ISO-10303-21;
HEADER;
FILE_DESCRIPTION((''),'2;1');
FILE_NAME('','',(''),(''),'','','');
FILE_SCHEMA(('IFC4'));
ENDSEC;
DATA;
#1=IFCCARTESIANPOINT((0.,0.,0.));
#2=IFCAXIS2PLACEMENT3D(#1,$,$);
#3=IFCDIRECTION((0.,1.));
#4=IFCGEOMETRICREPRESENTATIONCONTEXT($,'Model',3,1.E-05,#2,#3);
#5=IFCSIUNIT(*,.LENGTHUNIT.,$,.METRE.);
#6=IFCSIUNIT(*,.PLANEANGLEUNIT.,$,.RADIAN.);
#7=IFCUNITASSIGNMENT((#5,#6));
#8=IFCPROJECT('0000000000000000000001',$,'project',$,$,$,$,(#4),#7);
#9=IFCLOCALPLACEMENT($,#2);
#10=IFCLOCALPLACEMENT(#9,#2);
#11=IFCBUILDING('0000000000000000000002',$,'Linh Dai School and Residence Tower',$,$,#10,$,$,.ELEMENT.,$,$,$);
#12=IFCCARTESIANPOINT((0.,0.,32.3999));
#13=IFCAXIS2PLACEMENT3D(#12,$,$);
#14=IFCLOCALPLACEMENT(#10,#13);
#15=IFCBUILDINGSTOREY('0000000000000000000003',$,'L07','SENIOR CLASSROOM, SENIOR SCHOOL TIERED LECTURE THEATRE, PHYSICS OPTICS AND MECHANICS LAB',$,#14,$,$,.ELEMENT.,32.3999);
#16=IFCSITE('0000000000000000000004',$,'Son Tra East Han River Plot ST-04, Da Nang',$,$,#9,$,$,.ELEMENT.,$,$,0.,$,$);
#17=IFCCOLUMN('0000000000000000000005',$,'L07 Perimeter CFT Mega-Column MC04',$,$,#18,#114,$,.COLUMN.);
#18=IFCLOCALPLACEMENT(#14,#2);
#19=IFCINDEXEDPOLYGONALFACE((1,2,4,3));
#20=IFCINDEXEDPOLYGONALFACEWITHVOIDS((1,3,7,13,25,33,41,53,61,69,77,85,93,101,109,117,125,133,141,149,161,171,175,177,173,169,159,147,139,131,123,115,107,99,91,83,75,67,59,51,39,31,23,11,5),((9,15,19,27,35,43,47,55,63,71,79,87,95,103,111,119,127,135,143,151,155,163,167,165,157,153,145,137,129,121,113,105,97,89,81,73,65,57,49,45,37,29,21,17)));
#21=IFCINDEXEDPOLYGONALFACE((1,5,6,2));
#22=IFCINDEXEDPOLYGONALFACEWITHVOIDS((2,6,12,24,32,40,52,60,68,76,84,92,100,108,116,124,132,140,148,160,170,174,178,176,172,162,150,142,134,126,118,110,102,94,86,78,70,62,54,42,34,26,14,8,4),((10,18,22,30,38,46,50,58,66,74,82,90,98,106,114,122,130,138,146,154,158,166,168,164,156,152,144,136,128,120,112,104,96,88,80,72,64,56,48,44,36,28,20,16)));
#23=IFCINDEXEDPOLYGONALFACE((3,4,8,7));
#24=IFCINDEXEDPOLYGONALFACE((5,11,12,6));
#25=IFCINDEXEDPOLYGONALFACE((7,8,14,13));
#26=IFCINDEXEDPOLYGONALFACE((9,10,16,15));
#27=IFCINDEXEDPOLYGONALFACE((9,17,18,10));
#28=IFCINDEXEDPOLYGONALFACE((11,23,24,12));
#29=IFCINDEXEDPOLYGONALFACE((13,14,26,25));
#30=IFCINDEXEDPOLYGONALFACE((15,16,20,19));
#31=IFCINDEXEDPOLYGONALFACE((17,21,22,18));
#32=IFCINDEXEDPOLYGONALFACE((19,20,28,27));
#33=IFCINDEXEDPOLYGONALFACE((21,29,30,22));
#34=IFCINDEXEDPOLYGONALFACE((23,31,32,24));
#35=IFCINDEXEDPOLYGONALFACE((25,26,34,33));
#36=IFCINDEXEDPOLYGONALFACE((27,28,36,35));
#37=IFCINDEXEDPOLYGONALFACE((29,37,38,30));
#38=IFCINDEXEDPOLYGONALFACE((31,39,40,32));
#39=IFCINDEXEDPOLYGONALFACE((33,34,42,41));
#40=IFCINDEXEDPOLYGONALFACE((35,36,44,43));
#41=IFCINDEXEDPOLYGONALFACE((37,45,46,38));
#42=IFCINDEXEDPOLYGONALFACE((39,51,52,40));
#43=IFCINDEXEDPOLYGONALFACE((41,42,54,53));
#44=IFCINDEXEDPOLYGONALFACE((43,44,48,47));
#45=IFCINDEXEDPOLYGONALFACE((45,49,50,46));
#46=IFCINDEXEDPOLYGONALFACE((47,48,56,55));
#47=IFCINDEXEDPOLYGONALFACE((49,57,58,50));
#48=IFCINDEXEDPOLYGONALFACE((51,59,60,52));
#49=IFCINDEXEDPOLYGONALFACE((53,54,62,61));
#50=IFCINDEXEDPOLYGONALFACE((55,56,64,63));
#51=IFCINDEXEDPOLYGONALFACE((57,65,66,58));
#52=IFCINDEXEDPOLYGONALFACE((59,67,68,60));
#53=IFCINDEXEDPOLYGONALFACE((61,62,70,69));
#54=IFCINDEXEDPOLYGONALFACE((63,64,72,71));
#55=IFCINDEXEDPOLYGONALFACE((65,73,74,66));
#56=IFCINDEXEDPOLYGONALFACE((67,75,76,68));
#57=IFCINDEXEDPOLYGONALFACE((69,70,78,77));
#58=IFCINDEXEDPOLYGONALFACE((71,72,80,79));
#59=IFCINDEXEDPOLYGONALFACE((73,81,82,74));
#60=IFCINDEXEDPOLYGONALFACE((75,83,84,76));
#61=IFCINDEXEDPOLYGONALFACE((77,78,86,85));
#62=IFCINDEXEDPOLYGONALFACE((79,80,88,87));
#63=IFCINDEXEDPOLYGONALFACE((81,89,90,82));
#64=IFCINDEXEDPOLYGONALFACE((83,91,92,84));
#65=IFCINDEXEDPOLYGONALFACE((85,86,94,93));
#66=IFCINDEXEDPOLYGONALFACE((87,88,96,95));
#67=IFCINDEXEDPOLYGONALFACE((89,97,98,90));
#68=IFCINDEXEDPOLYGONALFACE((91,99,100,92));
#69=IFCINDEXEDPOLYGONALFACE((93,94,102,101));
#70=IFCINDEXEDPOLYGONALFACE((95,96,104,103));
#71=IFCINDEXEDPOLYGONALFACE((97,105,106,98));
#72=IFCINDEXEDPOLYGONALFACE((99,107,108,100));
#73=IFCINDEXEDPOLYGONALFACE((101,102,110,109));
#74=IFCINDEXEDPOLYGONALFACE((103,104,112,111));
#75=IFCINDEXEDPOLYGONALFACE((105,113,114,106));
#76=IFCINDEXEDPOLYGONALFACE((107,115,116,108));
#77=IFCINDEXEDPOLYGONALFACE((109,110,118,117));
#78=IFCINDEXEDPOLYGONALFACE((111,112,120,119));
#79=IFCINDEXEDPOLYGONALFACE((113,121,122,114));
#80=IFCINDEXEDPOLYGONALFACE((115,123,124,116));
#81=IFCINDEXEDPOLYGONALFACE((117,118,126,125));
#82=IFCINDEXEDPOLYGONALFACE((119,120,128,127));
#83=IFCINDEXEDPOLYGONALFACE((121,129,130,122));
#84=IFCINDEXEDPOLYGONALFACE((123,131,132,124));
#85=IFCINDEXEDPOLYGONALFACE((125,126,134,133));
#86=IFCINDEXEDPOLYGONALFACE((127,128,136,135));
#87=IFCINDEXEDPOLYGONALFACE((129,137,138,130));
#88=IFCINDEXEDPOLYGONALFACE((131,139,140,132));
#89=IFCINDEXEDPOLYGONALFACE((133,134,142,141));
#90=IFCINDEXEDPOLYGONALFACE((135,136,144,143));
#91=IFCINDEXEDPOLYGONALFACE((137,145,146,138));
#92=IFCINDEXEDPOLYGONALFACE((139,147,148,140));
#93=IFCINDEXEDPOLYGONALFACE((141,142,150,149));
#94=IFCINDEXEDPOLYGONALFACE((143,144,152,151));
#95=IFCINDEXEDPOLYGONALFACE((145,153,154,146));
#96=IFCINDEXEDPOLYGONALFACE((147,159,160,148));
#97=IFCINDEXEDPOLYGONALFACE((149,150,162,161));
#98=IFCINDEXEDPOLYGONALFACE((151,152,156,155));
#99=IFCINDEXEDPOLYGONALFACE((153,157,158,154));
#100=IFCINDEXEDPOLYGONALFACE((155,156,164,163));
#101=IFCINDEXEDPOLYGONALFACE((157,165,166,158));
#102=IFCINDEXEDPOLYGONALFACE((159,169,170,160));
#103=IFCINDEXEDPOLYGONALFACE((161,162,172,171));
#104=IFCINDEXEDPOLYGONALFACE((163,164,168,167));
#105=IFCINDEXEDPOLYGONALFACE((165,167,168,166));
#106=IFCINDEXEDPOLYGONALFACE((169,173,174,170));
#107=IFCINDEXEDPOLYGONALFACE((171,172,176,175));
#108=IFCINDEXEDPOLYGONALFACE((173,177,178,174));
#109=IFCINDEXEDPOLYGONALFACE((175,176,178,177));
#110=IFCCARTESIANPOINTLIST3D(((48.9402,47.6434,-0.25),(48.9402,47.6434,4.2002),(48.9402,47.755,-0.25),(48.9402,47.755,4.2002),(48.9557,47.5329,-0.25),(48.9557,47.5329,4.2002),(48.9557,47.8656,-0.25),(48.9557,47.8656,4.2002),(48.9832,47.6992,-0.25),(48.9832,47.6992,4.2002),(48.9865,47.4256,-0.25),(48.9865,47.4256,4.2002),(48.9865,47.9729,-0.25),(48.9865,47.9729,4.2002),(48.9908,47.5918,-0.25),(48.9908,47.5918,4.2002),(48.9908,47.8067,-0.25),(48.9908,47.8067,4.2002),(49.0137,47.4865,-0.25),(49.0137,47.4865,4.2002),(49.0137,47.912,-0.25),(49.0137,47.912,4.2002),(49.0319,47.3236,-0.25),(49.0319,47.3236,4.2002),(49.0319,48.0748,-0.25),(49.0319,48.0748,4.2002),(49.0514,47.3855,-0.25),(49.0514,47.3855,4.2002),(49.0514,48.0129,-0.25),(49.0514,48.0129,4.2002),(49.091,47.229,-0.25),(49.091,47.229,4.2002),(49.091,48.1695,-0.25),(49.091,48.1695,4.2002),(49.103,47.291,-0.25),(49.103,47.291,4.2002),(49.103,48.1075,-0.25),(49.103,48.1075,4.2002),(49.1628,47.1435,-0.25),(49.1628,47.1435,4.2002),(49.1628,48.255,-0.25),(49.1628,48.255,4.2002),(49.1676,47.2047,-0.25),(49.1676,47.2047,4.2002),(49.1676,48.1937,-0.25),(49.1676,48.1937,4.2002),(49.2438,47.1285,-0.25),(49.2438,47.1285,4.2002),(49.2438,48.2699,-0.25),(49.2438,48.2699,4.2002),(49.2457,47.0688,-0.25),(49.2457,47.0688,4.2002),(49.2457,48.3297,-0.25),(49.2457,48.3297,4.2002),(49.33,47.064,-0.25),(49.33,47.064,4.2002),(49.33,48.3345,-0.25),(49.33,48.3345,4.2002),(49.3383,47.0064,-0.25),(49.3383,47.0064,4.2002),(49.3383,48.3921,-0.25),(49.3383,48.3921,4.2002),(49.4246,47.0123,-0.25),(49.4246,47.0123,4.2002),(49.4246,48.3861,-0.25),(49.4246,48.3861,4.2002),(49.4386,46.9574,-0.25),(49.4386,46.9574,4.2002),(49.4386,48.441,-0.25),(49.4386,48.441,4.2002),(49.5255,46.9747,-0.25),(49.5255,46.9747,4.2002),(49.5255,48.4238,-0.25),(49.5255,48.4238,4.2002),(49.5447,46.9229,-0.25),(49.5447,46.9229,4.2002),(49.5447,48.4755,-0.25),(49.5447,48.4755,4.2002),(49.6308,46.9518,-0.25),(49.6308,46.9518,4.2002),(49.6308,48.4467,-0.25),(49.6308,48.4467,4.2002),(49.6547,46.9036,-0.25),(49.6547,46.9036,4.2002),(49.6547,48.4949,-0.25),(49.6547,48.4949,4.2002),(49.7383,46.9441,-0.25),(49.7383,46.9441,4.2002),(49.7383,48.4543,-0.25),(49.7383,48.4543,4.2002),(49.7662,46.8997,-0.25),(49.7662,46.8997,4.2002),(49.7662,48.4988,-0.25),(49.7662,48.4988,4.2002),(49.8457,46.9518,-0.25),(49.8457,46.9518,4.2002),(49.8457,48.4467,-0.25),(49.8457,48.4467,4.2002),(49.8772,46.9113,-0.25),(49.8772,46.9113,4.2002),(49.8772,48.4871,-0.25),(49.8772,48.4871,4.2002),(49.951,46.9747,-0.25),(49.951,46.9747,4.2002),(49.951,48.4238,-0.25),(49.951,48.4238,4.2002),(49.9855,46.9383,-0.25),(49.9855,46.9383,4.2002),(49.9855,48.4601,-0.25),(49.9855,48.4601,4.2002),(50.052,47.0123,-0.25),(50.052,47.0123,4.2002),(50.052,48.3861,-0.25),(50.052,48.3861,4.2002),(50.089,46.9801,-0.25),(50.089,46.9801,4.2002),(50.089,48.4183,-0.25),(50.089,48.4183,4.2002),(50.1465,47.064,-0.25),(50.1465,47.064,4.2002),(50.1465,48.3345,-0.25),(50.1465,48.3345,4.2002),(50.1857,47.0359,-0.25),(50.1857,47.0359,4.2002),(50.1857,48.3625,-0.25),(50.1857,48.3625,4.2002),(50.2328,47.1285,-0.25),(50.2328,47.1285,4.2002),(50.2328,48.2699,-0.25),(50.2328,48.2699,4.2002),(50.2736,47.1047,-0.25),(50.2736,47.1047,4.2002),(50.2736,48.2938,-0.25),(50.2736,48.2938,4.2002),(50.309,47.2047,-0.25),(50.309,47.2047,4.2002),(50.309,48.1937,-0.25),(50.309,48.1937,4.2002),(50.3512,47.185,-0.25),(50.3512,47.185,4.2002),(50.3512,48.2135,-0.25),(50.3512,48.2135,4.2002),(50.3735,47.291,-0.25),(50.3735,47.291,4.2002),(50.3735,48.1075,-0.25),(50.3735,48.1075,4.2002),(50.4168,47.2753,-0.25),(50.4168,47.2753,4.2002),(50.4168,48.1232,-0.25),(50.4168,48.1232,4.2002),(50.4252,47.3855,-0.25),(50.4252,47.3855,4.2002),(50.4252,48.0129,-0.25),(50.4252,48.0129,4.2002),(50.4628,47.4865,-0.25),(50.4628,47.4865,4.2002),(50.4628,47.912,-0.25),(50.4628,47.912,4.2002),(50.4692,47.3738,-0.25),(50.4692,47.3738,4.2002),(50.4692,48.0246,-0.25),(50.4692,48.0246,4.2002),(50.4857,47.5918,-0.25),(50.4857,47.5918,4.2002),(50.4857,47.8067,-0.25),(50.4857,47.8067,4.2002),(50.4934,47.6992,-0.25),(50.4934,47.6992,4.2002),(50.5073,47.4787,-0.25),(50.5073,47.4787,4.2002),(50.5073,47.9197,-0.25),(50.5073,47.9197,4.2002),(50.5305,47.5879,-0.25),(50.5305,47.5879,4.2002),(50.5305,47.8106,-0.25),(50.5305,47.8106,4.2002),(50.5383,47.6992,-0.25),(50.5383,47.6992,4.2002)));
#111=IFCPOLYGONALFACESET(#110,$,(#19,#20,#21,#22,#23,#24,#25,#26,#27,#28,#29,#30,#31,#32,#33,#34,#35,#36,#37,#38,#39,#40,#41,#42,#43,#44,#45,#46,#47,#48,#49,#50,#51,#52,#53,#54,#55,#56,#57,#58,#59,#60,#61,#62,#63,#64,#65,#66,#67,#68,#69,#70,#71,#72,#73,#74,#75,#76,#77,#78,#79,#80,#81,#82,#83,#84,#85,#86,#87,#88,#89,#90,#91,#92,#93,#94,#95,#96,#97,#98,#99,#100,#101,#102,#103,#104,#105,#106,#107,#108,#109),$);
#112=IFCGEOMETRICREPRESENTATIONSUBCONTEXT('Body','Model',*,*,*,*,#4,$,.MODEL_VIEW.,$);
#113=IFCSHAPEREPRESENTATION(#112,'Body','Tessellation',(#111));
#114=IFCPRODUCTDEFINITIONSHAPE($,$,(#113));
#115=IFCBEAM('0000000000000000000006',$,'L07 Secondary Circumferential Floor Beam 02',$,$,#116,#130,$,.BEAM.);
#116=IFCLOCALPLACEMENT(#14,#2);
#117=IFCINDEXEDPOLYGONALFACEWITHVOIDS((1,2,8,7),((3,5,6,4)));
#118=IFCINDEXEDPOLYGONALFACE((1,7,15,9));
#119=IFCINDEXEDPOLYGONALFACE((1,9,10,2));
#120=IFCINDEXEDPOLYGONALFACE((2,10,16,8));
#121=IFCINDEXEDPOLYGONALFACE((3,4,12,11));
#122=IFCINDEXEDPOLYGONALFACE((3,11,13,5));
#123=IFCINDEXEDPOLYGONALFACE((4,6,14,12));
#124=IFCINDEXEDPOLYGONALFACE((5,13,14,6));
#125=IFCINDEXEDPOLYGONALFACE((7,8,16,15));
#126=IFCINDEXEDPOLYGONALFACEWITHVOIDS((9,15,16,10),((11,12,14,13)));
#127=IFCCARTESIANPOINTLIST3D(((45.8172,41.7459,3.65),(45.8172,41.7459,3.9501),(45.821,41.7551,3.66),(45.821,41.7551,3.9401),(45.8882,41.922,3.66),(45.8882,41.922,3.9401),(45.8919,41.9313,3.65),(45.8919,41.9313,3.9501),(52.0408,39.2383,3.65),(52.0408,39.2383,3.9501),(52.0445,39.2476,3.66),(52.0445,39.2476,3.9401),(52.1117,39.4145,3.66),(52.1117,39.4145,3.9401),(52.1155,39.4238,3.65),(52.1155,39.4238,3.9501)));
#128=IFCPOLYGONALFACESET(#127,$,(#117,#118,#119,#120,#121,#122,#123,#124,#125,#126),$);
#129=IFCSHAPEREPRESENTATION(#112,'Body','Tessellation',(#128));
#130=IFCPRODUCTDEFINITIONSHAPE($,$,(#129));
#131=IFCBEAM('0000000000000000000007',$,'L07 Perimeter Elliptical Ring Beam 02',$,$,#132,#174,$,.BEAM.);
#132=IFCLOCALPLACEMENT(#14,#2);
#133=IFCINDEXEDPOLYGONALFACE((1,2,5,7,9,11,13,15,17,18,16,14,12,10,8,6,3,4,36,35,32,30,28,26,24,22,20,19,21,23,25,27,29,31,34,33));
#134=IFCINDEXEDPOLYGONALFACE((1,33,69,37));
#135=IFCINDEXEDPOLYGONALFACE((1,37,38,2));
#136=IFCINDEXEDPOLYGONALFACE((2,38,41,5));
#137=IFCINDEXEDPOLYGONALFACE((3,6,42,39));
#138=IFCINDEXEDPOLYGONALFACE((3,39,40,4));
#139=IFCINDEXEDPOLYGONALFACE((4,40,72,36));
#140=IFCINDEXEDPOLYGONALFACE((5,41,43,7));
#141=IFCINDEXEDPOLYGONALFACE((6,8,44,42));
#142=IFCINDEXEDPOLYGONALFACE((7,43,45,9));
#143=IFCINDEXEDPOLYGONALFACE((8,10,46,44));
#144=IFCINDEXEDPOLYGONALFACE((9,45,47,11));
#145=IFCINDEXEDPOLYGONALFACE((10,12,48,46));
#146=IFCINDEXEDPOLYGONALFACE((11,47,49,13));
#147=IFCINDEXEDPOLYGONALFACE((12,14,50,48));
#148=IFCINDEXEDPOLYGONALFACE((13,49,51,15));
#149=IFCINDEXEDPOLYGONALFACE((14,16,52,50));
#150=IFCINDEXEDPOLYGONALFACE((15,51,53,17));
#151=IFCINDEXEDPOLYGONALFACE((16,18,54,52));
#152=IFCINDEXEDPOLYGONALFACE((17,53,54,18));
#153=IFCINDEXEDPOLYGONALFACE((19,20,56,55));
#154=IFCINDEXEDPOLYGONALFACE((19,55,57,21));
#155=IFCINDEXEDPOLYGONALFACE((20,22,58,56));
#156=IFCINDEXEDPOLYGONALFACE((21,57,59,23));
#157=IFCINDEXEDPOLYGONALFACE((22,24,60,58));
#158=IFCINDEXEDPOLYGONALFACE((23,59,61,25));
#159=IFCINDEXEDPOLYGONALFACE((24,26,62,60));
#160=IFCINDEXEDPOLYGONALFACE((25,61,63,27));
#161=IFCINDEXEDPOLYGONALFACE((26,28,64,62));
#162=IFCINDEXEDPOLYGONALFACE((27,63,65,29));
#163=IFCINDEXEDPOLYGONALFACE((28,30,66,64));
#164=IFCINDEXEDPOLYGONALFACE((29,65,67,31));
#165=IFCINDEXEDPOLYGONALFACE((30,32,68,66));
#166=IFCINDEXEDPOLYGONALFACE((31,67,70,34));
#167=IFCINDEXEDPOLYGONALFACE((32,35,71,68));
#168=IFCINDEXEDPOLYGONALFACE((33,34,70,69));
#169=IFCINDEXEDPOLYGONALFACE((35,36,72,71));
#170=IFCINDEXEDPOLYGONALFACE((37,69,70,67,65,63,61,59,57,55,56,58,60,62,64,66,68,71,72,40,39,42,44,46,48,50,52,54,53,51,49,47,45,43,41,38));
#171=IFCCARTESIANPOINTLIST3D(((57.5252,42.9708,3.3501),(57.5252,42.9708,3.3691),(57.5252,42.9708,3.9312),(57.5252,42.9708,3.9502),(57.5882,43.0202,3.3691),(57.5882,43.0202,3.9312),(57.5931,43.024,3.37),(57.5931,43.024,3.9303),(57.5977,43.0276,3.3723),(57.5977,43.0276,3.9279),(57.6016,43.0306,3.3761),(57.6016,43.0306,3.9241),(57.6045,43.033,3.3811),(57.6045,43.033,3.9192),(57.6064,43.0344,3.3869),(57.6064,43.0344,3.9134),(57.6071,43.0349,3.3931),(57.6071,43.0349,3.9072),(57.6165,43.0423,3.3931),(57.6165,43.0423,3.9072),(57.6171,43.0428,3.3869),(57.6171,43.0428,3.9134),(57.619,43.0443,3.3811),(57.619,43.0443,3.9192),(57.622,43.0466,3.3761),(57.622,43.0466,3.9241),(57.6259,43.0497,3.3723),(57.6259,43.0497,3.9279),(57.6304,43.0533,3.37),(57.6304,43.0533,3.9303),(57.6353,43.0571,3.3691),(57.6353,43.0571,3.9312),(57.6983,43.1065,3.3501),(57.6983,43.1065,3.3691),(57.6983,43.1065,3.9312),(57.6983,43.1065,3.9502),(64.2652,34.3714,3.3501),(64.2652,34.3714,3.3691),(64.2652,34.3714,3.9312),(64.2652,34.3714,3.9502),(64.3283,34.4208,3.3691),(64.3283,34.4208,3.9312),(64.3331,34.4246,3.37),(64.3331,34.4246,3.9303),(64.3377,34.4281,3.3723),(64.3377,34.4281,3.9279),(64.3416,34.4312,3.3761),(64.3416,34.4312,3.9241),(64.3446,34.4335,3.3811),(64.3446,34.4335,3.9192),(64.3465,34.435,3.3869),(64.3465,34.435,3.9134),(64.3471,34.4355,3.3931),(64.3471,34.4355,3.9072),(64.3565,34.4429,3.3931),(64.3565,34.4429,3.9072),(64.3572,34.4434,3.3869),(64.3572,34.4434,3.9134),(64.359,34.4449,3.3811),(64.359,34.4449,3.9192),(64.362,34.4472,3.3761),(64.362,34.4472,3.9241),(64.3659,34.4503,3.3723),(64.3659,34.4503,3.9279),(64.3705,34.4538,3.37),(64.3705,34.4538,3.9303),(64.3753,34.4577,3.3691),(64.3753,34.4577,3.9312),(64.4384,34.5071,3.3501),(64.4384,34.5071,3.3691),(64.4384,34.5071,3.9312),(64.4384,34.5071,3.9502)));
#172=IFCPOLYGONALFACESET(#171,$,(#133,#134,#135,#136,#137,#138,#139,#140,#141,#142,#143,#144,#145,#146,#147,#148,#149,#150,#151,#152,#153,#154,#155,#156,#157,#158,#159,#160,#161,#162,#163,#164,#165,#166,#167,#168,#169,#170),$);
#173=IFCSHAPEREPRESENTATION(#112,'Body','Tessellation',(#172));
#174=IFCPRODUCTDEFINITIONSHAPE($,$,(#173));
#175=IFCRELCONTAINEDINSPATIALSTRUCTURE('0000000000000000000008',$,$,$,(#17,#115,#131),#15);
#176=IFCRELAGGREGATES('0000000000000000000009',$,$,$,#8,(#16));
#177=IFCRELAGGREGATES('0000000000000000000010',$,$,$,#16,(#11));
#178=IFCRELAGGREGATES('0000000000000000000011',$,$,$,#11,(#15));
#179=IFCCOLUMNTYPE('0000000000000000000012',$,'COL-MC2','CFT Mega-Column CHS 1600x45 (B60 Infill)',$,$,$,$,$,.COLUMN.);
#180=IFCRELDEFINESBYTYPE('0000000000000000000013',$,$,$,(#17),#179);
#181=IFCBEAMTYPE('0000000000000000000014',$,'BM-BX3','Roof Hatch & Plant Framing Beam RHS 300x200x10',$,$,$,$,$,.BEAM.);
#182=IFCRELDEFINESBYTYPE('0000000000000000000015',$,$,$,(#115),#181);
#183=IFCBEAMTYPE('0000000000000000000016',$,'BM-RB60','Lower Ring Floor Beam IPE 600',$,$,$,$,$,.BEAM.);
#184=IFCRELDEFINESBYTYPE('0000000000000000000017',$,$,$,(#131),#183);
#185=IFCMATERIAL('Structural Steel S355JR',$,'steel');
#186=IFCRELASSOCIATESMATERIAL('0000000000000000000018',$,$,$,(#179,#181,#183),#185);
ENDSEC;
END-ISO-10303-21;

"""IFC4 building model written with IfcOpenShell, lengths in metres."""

from ifc_helpers import new_model, si_unit, direction, frame, origin, origin_2d, place, context, subcontext, project, spatial, hollow_rectangle, hollow_circle, i_section, extrude, material, material_profile, profile_set, type_object, element, save


model = new_model("IFC4")

# Units and contexts
model_context = context("Model", 3, precision=1e-05, world=origin(), true_north=direction((0.0, 1.0)))
body_context = subcontext(model_context, "Body", "Model", "MODEL_VIEW")
ifc_project = project(units=[si_unit("LENGTHUNIT", "METRE"), si_unit("PLANEANGLEUNIT", "RADIAN")], contexts=[model_context])

# Site, building, storey
site_placement = place(None, origin())
site = spatial("IfcSite", under=ifc_project, at=site_placement, Name="Son Tra East Han River Plot ST-04, Da Nang", CompositionType="ELEMENT", RefElevation=0.0)
building_placement = place(site_placement, origin())
building = spatial("IfcBuilding", under=site, at=building_placement, Name="Linh Dai School and Residence Tower", CompositionType="ELEMENT")
storey_placement = place(building_placement, frame((0.0, 0.0, 32.3999)))
storey = spatial("IfcBuildingStorey", under=building, at=storey_placement, Name="L07", Description="SENIOR CLASSROOM, SENIOR SCHOOL TIERED LECTURE THEATRE, PHYSICS OPTICS AND MECHANICS LAB", CompositionType="ELEMENT", Elevation=32.3999)

# Column
ifc_material_1 = material(Name="Structural Steel S355JR", Category="steel")
ifc_material_profile_1 = material_profile(ifc_material_1, hollow_circle(Radius=0.8, WallThickness=0.0449, at=origin_2d()), Name="CHS 1600x45")
ifc_profile_set_1 = profile_set([ifc_material_profile_1], Name="Structural Steel S355JR")
column_type_1 = type_object("IfcColumnType", Name="COL-MC2", Description="CFT Mega-Column CHS 1600x45 (B60 Infill)", PredefinedType="COLUMN", material=ifc_profile_set_1)
for number, where, z_axis, x_axis, name in (
    (1, (49.7383, 47.6992, -0.25), (0.0, 0.0, 1.0), (1.0, 0.0, 0.0), "L07 Perimeter CFT Mega-Column MC04"),
):
    element("IfcColumn", number, at=place(storey_placement, frame(where, z_axis=z_axis, x_axis=x_axis)), inside=storey, type_object=column_type_1, Name=name, PredefinedType="COLUMN", context=body_context, shape_type="SweptSolid", body=[
        extrude(hollow_circle(Radius=0.8, WallThickness=0.0449, at=origin_2d()), origin(), (0.0, 0.0, 1.0), 4.4502),
    ])

# Beams
ifc_material_profile_2 = material_profile(ifc_material_1, hollow_rectangle(XDim=0.2, YDim=0.3, WallThickness=0.01, at=origin_2d()), Name="RHS 300x200x10")
ifc_profile_set_2 = profile_set([ifc_material_profile_2], Name="Structural Steel S355JR")
beam_type_1 = type_object("IfcBeamType", Name="BM-BX3", Description="Roof Hatch & Plant Framing Beam RHS 300x200x10", PredefinedType="BEAM", material=ifc_profile_set_2)
beam_1_placement = place(storey_placement, frame((52.0781, 39.3311, 3.8), z_axis=(-0.927543, 0.373717, 0.0), x_axis=(-0.373717, -0.927543, 0.0)))
element("IfcBeam", 2, at=beam_1_placement, inside=storey, type_object=beam_type_1, Name="L07 Secondary Circumferential Floor Beam 02", PredefinedType="BEAM", context=body_context, shape_type="SweptSolid", body=[
    extrude(hollow_rectangle(XDim=0.2, YDim=0.3, WallThickness=0.01, at=origin_2d()), origin(), (0.0, 0.0, 1.0), 6.7097),
])
ifc_material_profile_3 = material_profile(ifc_material_1, i_section(OverallWidth=0.22, OverallDepth=0.6001, WebThickness=0.012, FlangeThickness=0.019, FilletRadius=0.0239, at=origin_2d()), Name="IPE 600")
ifc_profile_set_3 = profile_set([ifc_material_profile_3], Name="Structural Steel S355JR")
beam_type_2 = type_object("IfcBeamType", Name="BM-RB60", Description="Lower Ring Floor Beam IPE 600", PredefinedType="BEAM", material=ifc_profile_set_3)
beam_2_placement = place(storey_placement, frame((64.3518, 34.4392, 3.6501), z_axis=(-0.616879, 0.787058, 0.0), x_axis=(-0.787058, -0.616879, 0.0)))
element("IfcBeam", 3, at=beam_2_placement, inside=storey, type_object=beam_type_2, Name="L07 Perimeter Elliptical Ring Beam 02", PredefinedType="BEAM", context=body_context, shape_type="SweptSolid", body=[
    extrude(i_section(OverallWidth=0.22, OverallDepth=0.6001, WebThickness=0.012, FlangeThickness=0.019, FilletRadius=0.0239, at=origin_2d()), origin(), (0.0, 0.0, 1.0), 10.926),
])

save(model, "model.ifc")
